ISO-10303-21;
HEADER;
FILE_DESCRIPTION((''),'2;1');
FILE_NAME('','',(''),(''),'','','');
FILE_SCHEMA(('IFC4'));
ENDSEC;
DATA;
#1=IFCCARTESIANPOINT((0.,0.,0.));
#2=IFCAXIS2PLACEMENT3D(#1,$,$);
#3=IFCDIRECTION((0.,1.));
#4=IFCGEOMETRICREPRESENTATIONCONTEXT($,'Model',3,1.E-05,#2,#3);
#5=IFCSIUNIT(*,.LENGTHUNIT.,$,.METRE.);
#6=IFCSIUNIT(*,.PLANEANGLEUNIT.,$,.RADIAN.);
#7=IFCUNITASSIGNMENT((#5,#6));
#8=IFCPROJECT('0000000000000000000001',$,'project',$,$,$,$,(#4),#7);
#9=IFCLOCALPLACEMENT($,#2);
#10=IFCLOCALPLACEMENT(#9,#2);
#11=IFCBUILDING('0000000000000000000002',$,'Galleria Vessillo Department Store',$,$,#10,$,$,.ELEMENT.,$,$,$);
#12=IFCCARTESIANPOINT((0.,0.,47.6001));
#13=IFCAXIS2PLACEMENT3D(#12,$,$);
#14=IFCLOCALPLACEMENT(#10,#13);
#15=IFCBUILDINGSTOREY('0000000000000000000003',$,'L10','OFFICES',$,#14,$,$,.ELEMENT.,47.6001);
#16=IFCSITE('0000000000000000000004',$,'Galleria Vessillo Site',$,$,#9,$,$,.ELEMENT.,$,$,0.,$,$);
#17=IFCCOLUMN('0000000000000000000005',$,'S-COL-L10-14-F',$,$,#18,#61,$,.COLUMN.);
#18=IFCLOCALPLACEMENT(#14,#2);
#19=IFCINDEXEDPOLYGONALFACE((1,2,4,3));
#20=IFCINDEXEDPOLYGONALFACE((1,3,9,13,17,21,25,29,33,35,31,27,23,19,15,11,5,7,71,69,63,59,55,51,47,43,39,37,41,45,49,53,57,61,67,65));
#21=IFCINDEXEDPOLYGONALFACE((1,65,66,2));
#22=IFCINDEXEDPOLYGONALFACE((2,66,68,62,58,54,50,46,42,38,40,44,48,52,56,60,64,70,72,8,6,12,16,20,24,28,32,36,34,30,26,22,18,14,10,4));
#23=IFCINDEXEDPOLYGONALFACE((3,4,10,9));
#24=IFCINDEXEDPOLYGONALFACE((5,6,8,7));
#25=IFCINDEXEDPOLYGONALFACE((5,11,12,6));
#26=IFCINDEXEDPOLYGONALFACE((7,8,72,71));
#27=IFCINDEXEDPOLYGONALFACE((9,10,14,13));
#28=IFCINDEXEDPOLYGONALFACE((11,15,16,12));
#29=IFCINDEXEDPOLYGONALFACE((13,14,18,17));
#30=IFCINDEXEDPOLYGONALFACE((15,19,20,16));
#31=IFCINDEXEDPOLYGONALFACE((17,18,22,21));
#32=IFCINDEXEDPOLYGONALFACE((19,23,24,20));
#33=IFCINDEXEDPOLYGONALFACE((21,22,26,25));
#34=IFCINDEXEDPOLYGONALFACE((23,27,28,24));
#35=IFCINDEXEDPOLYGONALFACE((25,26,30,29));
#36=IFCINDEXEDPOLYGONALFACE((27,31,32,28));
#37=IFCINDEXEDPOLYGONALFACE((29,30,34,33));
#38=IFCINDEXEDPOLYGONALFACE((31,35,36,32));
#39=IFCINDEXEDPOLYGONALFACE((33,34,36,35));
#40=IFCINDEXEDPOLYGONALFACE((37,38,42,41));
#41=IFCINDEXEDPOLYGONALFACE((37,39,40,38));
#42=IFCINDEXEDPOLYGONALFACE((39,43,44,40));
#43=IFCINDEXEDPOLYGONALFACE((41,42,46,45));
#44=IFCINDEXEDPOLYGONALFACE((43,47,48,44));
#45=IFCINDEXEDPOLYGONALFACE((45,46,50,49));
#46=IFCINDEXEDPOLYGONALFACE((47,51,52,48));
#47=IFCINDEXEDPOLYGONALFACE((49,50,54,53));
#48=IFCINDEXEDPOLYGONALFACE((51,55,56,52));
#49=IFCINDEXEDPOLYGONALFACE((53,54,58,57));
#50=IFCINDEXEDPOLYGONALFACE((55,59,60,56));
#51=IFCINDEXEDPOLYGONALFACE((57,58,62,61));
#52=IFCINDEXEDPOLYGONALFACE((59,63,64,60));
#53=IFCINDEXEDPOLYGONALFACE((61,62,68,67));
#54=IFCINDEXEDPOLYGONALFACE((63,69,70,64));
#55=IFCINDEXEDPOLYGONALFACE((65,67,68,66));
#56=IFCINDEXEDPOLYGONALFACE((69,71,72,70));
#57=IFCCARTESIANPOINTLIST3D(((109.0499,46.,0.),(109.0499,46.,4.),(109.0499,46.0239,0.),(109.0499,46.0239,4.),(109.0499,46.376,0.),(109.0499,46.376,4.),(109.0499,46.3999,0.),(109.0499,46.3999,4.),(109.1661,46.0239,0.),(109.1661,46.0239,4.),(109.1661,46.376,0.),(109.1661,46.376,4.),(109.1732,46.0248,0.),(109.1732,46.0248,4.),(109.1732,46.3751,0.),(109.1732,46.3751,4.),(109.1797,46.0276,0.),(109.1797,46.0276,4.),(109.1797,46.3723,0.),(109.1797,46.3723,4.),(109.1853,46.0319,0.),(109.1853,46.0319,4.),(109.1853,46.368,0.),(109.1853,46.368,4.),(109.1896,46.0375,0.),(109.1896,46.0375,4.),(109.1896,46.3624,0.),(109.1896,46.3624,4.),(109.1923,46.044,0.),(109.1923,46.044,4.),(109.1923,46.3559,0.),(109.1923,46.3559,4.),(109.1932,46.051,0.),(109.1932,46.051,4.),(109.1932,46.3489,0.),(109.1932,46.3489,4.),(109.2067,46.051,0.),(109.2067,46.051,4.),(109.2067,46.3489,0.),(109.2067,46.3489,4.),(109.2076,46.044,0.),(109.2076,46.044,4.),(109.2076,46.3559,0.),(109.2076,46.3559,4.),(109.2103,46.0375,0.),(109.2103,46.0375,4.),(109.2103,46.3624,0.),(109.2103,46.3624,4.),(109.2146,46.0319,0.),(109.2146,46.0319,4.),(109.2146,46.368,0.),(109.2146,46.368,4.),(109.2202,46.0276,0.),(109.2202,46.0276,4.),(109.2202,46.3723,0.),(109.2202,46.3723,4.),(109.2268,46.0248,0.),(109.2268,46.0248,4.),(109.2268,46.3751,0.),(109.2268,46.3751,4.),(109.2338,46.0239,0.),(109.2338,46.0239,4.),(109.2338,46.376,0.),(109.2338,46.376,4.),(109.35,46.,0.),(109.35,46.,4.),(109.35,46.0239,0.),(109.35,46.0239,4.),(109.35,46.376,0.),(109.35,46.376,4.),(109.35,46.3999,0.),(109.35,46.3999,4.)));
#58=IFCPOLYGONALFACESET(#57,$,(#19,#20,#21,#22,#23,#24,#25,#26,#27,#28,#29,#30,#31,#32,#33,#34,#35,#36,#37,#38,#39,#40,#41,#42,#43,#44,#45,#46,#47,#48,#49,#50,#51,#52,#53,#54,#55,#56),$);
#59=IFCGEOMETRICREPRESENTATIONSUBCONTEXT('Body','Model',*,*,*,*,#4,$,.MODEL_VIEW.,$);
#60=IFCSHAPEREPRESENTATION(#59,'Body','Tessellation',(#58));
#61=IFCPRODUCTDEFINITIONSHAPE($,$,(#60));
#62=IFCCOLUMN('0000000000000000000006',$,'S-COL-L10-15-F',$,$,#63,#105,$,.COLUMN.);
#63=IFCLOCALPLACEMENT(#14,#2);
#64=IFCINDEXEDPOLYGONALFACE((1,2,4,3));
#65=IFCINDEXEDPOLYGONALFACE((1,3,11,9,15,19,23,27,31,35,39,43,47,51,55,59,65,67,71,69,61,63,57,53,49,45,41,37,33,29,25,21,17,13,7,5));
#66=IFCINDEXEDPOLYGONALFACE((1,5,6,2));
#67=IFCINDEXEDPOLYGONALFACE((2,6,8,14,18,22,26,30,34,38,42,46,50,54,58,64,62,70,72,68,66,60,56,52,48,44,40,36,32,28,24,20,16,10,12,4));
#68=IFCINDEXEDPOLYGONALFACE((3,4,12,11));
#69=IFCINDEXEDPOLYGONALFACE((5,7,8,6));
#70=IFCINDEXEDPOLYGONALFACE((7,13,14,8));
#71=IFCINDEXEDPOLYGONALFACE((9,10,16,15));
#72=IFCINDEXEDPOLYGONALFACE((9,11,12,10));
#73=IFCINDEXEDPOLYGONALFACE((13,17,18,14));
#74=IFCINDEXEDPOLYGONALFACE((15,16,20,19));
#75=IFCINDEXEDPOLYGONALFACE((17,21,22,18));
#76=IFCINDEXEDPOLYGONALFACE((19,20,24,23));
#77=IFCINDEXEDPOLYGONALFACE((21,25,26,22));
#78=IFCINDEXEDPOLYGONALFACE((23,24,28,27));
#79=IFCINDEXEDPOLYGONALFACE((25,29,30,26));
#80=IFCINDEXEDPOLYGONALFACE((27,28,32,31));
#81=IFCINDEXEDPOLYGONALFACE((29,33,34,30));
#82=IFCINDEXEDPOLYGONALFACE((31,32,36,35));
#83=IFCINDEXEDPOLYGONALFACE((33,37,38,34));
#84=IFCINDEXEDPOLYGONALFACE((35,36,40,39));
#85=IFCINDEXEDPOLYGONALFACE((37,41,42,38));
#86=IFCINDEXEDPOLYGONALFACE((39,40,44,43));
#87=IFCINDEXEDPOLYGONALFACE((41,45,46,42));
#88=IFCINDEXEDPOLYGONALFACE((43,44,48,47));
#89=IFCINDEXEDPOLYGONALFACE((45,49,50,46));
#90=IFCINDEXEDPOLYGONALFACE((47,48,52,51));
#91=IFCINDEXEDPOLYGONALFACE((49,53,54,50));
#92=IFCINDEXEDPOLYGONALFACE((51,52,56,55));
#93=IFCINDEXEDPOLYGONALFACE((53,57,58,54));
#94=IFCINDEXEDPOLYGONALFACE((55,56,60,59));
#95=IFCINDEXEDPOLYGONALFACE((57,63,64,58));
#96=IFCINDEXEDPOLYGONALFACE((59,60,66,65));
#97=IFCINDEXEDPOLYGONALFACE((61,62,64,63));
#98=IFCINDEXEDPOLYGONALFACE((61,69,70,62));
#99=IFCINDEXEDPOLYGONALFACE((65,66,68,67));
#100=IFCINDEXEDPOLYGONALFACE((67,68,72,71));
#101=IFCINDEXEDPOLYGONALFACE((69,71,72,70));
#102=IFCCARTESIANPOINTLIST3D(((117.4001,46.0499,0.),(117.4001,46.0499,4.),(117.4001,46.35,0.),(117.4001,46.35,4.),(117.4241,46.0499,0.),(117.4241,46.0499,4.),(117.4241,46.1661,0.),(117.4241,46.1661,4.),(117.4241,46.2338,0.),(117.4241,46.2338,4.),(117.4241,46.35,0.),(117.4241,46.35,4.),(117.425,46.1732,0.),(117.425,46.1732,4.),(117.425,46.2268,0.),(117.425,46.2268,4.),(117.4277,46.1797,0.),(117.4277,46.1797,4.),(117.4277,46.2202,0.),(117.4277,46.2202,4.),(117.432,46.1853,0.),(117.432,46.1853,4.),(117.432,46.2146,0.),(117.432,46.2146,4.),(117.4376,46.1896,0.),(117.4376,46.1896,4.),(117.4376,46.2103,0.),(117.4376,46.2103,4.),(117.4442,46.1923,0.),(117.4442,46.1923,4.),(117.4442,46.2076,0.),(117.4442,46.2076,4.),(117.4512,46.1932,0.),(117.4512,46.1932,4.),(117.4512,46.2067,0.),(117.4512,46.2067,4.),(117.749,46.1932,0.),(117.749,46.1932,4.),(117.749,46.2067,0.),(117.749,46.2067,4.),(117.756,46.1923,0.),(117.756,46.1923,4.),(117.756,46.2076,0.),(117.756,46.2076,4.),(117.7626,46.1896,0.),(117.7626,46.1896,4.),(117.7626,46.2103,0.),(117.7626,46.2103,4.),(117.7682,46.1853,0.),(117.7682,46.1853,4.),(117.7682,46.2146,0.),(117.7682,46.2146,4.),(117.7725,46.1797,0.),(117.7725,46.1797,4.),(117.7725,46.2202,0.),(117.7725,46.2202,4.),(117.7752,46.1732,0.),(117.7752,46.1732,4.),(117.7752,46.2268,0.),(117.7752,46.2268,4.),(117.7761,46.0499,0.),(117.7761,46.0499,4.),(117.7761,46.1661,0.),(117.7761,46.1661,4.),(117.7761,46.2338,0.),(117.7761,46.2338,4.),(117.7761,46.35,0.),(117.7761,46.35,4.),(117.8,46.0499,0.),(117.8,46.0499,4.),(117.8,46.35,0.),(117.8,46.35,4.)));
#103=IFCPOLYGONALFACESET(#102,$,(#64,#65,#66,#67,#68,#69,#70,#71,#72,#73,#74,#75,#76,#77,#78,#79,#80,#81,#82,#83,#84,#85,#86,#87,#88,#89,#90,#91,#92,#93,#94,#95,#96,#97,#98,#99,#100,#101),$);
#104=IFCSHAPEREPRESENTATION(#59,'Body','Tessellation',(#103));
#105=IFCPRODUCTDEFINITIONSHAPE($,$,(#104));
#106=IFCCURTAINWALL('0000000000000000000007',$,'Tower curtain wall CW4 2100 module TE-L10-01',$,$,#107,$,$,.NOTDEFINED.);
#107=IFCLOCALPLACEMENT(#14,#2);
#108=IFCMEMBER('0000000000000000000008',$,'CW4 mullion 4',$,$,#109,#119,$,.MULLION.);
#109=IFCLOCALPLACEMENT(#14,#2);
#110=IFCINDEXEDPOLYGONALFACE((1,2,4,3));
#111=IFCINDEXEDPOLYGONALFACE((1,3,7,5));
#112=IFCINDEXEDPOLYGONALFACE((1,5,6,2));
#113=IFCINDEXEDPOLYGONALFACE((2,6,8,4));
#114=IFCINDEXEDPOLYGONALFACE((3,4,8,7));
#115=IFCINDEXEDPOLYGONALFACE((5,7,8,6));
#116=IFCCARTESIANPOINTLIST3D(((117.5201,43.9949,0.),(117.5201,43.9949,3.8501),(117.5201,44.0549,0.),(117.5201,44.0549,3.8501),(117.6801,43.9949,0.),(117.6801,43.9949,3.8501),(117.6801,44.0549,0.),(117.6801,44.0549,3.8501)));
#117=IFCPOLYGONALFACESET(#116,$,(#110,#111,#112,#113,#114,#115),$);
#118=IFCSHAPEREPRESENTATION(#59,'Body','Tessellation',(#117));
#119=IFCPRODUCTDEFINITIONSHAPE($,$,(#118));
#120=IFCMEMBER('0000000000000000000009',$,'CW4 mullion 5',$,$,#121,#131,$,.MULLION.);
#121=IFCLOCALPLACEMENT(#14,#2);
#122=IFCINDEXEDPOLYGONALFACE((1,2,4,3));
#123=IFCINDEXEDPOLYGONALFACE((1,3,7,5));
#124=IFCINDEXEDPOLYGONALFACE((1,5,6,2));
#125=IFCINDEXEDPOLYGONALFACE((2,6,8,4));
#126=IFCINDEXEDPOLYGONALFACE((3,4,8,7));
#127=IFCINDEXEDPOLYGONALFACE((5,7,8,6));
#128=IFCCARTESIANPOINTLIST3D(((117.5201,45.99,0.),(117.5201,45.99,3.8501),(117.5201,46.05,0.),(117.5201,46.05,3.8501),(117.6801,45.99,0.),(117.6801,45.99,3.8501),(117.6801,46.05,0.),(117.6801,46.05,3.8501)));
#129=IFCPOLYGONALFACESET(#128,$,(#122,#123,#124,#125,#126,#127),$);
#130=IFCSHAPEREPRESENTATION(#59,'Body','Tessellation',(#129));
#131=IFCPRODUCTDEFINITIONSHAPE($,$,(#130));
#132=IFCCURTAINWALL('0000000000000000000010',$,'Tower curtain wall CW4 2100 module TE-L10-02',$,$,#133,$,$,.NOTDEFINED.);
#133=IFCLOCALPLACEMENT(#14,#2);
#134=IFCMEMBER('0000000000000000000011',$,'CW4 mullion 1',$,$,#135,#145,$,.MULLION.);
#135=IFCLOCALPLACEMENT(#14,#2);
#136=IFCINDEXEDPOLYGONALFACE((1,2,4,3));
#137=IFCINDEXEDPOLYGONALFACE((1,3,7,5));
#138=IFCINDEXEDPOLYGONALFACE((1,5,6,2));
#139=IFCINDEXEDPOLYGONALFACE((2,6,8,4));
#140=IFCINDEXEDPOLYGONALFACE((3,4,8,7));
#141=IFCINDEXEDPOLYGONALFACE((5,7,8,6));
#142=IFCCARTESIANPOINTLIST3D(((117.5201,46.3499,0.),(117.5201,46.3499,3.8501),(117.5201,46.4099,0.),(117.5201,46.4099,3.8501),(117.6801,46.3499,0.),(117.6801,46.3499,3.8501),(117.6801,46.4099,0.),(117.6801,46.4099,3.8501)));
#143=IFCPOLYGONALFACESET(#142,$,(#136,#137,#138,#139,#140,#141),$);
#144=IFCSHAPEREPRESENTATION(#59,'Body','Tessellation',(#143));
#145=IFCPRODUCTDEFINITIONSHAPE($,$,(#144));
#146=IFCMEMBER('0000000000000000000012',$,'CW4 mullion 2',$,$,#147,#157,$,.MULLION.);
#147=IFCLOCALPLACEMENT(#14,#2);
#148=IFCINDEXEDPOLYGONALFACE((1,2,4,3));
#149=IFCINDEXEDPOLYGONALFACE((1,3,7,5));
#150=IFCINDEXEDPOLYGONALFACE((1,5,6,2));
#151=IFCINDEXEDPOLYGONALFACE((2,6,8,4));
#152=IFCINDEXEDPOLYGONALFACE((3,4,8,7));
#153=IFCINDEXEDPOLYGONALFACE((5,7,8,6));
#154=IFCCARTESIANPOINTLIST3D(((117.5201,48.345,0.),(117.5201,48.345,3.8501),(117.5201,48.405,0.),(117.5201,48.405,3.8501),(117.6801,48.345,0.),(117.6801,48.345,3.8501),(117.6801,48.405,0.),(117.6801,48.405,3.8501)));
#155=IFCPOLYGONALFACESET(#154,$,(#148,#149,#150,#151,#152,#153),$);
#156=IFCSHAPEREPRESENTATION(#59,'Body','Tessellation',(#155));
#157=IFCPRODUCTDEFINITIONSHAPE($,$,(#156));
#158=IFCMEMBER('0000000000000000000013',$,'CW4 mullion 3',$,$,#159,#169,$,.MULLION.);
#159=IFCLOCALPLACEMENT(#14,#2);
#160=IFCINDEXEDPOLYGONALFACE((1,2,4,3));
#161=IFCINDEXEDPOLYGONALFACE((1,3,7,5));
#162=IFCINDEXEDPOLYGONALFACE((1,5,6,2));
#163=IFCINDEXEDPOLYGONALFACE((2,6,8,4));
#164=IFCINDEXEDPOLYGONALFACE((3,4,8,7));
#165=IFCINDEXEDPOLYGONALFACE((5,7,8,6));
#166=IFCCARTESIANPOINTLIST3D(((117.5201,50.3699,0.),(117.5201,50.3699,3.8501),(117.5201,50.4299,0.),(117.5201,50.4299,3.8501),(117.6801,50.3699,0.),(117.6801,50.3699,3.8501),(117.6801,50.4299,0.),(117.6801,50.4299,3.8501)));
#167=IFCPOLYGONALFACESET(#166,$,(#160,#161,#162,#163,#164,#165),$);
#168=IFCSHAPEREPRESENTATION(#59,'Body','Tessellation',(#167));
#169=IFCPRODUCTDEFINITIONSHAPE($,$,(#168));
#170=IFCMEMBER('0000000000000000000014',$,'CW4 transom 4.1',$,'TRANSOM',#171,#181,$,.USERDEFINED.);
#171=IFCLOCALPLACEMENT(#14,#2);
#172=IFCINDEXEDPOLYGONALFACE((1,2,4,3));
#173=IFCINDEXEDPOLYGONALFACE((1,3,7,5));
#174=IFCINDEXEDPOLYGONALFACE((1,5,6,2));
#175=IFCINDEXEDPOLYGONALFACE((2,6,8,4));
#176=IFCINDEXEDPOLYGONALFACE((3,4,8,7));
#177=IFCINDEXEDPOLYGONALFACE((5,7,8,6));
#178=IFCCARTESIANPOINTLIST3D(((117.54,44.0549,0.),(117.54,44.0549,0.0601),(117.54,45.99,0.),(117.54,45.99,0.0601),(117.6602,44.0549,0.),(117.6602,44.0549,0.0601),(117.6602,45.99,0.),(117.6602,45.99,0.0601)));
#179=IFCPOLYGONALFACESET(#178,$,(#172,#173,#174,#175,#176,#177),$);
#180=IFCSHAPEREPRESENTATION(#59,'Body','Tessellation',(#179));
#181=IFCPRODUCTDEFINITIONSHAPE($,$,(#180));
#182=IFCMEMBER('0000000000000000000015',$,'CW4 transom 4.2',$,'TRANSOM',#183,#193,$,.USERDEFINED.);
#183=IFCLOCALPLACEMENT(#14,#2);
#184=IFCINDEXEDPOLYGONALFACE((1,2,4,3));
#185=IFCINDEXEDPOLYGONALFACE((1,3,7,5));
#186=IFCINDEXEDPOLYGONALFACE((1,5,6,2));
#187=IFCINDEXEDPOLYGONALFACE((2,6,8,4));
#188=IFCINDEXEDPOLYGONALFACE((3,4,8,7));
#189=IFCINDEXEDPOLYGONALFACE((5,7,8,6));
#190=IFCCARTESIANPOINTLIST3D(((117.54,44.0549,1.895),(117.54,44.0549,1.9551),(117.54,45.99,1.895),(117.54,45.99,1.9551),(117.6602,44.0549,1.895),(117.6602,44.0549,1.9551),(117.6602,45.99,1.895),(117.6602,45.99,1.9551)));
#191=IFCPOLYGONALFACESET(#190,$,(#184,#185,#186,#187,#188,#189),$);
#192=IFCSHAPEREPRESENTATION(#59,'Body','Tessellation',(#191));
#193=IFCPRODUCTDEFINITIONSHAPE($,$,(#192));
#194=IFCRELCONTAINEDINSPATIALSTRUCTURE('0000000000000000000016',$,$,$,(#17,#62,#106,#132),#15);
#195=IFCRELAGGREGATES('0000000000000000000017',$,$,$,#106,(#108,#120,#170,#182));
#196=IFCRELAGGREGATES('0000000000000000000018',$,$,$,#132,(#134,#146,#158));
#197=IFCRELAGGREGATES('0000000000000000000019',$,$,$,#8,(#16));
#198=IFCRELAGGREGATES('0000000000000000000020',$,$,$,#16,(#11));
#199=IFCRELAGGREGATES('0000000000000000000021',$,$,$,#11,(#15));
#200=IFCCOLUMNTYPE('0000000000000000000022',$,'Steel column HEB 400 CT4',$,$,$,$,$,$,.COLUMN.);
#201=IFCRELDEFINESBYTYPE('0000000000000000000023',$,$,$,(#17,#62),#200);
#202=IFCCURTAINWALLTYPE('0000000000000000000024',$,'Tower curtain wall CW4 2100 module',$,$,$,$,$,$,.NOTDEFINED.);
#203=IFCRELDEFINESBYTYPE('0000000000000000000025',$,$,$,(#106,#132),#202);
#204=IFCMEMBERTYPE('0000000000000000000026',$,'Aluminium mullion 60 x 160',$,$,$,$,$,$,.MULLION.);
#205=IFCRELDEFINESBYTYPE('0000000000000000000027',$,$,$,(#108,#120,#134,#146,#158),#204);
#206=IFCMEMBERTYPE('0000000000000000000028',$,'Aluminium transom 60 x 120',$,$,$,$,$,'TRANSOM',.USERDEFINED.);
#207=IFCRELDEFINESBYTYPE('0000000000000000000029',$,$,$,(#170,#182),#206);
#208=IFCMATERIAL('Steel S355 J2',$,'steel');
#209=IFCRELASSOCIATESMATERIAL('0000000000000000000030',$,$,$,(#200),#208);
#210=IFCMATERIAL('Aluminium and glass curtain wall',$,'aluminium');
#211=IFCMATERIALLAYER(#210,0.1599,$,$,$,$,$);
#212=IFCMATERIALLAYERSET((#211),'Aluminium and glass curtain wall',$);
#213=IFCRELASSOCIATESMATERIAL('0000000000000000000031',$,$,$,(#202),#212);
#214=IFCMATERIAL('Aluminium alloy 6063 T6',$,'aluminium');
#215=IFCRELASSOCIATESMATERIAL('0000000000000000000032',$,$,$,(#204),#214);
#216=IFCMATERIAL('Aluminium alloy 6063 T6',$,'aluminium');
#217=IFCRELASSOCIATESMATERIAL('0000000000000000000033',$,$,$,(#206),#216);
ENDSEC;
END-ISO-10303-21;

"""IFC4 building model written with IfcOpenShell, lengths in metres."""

from ifc_helpers import new_model, si_unit, direction, frame, origin, origin_2d, place, context, subcontext, project, spatial, rectangle, i_section, extrude, material, layer, layer_set, material_profile, profile_set, type_object, element, aggregate, save


model = new_model("IFC4")

# Units and contexts
model_context = context("Model", 3, precision=1e-05, world=origin(), true_north=direction((0.0, 1.0)))
body_context = subcontext(model_context, "Body", "Model", "MODEL_VIEW")
ifc_project = project(units=[si_unit("LENGTHUNIT", "METRE"), si_unit("PLANEANGLEUNIT", "RADIAN")], contexts=[model_context])

# Site, building, storey
site_placement = place(None, origin())
site = spatial("IfcSite", under=ifc_project, at=site_placement, Name="Galleria Vessillo Site", CompositionType="ELEMENT", RefElevation=0.0)
building_placement = place(site_placement, origin())
building = spatial("IfcBuilding", under=site, at=building_placement, Name="Galleria Vessillo Department Store", CompositionType="ELEMENT")
storey_placement = place(building_placement, frame((0.0, 0.0, 47.6001)))
storey = spatial("IfcBuildingStorey", under=building, at=storey_placement, Name="L10", Description="OFFICES", CompositionType="ELEMENT", Elevation=47.6001)

# Columns
ifc_material_1 = material(Name="Steel S355 J2", Category="steel")
ifc_material_profile_1 = material_profile(ifc_material_1, i_section(OverallWidth=0.3, OverallDepth=0.3999, WebThickness=0.0134, FlangeThickness=0.0239, FilletRadius=0.0271, at=origin_2d()), Name="HEB 400")
ifc_profile_set_1 = profile_set([ifc_material_profile_1], Name="Steel S355 J2")
column_type = type_object("IfcColumnType", Name="Steel column HEB 400 CT4", PredefinedType="COLUMN", material=ifc_profile_set_1)
for number, where, z_axis, x_axis, name in (
    (1, (109.2, 46.2, 0.0), (0.0, 0.0, 1.0), (1.0, 0.0, 0.0), "S-COL-L10-14-F"),
    (2, (117.6001, 46.2, 0.0), (0.0, 0.0, 1.0), (0.0, 1.0, 0.0), "S-COL-L10-15-F"),
):
    element("IfcColumn", number, at=place(storey_placement, frame(where, z_axis=z_axis, x_axis=x_axis)), inside=storey, type_object=column_type, Name=name, PredefinedType="COLUMN", context=body_context, shape_type="SweptSolid", body=[
        extrude(i_section(OverallWidth=0.3, OverallDepth=0.3999, WebThickness=0.0134, FlangeThickness=0.0239, FilletRadius=0.0271, at=origin_2d()), origin(), (0.0, 0.0, 1.0), 4.0),
    ])

# Curtain walls, members
ifc_material_2 = material(Name="Aluminium and glass curtain wall", Category="aluminium")
ifc_layer_1 = layer(ifc_material_2, 0.1599)
ifc_layer_set_1 = layer_set([ifc_layer_1], Name="Aluminium and glass curtain wall")
curtain_wall_type = type_object("IfcCurtainWallType", Name="Tower curtain wall CW4 2100 module", PredefinedType="NOTDEFINED", material=ifc_layer_set_1)
curtain_wall_1_placement = place(storey_placement, origin())
curtain_wall_1 = element("IfcCurtainWall", 3, at=curtain_wall_1_placement, inside=storey, type_object=curtain_wall_type, Name="Tower curtain wall CW4 2100 module TE-L10-01", PredefinedType="NOTDEFINED")
ifc_material_3 = material(Name="Aluminium alloy 6063 T6", Category="aluminium")
ifc_material_profile_2 = material_profile(ifc_material_3, rectangle(XDim=0.1599, YDim=0.0601, at=origin_2d()), Name="AL 60x160")
ifc_profile_set_2 = profile_set([ifc_material_profile_2], Name="Aluminium alloy 6063 T6")
member_type_1 = type_object("IfcMemberType", Name="Aluminium mullion 60 x 160", PredefinedType="MULLION", material=ifc_profile_set_2)
member_1_placement = place(storey_placement, frame((117.6001, 44.0249, 0.0), z_axis=(0.0, 0.0, 1.0), x_axis=(-1.0, 0.0, 0.0)))
member_1 = element("IfcMember", 4, at=member_1_placement, type_object=member_type_1, Name="CW4 mullion 4", PredefinedType="MULLION", context=body_context, shape_type="SweptSolid", body=[
    extrude(rectangle(XDim=0.1599, YDim=0.0601, at=origin_2d()), origin(), (0.0, 0.0, 1.0), 3.8501),
])
member_2_placement = place(storey_placement, frame((117.6001, 46.02, 0.0), z_axis=(0.0, 0.0, 1.0), x_axis=(-1.0, 0.0, 0.0)))
member_2 = element("IfcMember", 5, at=member_2_placement, type_object=member_type_1, Name="CW4 mullion 5", PredefinedType="MULLION", context=body_context, shape_type="SweptSolid", body=[
    extrude(rectangle(XDim=0.1599, YDim=0.0601, at=origin_2d()), origin(), (0.0, 0.0, 1.0), 3.8501),
])
curtain_wall_2_placement = place(storey_placement, origin())
curtain_wall_2 = element("IfcCurtainWall", 6, at=curtain_wall_2_placement, inside=storey, type_object=curtain_wall_type, Name="Tower curtain wall CW4 2100 module TE-L10-02", PredefinedType="NOTDEFINED")
member_3_placement = place(storey_placement, frame((117.6001, 46.3799, 0.0), z_axis=(0.0, 0.0, 1.0), x_axis=(-1.0, 0.0, 0.0)))
member_3 = element("IfcMember", 7, at=member_3_placement, type_object=member_type_1, Name="CW4 mullion 1", PredefinedType="MULLION", context=body_context, shape_type="SweptSolid", body=[
    extrude(rectangle(XDim=0.1599, YDim=0.0601, at=origin_2d()), origin(), (0.0, 0.0, 1.0), 3.8501),
])
member_4_placement = place(storey_placement, frame((117.6001, 48.375, 0.0), z_axis=(0.0, 0.0, 1.0), x_axis=(-1.0, 0.0, 0.0)))
member_4 = element("IfcMember", 8, at=member_4_placement, type_object=member_type_1, Name="CW4 mullion 2", PredefinedType="MULLION", context=body_context, shape_type="SweptSolid", body=[
    extrude(rectangle(XDim=0.1599, YDim=0.0601, at=origin_2d()), origin(), (0.0, 0.0, 1.0), 3.8501),
])
member_5_placement = place(storey_placement, frame((117.6001, 50.3999, 0.0), z_axis=(0.0, 0.0, 1.0), x_axis=(-1.0, 0.0, 0.0)))
member_5 = element("IfcMember", 9, at=member_5_placement, type_object=member_type_1, Name="CW4 mullion 3", PredefinedType="MULLION", context=body_context, shape_type="SweptSolid", body=[
    extrude(rectangle(XDim=0.1599, YDim=0.0601, at=origin_2d()), origin(), (0.0, 0.0, 1.0), 3.8501),
])

# Members
ifc_material_4 = material(Name="Aluminium alloy 6063 T6", Category="aluminium")
ifc_material_profile_3 = material_profile(ifc_material_4, rectangle(XDim=0.1201, YDim=0.0601, at=origin_2d()), Name="AL 60x120")
ifc_profile_set_3 = profile_set([ifc_material_profile_3], Name="Aluminium alloy 6063 T6")
member_type_2 = type_object("IfcMemberType", Name="Aluminium transom 60 x 120", ElementType="TRANSOM", PredefinedType="USERDEFINED", material=ifc_profile_set_3)
member_6_placement = place(storey_placement, frame((117.6001, 44.0549, 0.03), z_axis=(0.0, 1.0, 0.0), x_axis=(-1.0, 0.0, 0.0)))
member_6 = element("IfcMember", 10, at=member_6_placement, type_object=member_type_2, Name="CW4 transom 4.1", ObjectType="TRANSOM", PredefinedType="USERDEFINED", context=body_context, shape_type="SweptSolid", body=[
    extrude(rectangle(XDim=0.1201, YDim=0.0601, at=origin_2d()), origin(), (0.0, 0.0, 1.0), 1.9351),
])
member_7_placement = place(storey_placement, frame((117.6001, 44.0549, 1.925), z_axis=(0.0, 1.0, 0.0), x_axis=(-1.0, 0.0, 0.0)))
member_7 = element("IfcMember", 11, at=member_7_placement, type_object=member_type_2, Name="CW4 transom 4.2", ObjectType="TRANSOM", PredefinedType="USERDEFINED", context=body_context, shape_type="SweptSolid", body=[
    extrude(rectangle(XDim=0.1201, YDim=0.0601, at=origin_2d()), origin(), (0.0, 0.0, 1.0), 1.9351),
])

aggregate(curtain_wall_1, [member_1, member_2, member_6, member_7])
aggregate(curtain_wall_2, [member_3, member_4, member_5])

save(model, "model.ifc")
